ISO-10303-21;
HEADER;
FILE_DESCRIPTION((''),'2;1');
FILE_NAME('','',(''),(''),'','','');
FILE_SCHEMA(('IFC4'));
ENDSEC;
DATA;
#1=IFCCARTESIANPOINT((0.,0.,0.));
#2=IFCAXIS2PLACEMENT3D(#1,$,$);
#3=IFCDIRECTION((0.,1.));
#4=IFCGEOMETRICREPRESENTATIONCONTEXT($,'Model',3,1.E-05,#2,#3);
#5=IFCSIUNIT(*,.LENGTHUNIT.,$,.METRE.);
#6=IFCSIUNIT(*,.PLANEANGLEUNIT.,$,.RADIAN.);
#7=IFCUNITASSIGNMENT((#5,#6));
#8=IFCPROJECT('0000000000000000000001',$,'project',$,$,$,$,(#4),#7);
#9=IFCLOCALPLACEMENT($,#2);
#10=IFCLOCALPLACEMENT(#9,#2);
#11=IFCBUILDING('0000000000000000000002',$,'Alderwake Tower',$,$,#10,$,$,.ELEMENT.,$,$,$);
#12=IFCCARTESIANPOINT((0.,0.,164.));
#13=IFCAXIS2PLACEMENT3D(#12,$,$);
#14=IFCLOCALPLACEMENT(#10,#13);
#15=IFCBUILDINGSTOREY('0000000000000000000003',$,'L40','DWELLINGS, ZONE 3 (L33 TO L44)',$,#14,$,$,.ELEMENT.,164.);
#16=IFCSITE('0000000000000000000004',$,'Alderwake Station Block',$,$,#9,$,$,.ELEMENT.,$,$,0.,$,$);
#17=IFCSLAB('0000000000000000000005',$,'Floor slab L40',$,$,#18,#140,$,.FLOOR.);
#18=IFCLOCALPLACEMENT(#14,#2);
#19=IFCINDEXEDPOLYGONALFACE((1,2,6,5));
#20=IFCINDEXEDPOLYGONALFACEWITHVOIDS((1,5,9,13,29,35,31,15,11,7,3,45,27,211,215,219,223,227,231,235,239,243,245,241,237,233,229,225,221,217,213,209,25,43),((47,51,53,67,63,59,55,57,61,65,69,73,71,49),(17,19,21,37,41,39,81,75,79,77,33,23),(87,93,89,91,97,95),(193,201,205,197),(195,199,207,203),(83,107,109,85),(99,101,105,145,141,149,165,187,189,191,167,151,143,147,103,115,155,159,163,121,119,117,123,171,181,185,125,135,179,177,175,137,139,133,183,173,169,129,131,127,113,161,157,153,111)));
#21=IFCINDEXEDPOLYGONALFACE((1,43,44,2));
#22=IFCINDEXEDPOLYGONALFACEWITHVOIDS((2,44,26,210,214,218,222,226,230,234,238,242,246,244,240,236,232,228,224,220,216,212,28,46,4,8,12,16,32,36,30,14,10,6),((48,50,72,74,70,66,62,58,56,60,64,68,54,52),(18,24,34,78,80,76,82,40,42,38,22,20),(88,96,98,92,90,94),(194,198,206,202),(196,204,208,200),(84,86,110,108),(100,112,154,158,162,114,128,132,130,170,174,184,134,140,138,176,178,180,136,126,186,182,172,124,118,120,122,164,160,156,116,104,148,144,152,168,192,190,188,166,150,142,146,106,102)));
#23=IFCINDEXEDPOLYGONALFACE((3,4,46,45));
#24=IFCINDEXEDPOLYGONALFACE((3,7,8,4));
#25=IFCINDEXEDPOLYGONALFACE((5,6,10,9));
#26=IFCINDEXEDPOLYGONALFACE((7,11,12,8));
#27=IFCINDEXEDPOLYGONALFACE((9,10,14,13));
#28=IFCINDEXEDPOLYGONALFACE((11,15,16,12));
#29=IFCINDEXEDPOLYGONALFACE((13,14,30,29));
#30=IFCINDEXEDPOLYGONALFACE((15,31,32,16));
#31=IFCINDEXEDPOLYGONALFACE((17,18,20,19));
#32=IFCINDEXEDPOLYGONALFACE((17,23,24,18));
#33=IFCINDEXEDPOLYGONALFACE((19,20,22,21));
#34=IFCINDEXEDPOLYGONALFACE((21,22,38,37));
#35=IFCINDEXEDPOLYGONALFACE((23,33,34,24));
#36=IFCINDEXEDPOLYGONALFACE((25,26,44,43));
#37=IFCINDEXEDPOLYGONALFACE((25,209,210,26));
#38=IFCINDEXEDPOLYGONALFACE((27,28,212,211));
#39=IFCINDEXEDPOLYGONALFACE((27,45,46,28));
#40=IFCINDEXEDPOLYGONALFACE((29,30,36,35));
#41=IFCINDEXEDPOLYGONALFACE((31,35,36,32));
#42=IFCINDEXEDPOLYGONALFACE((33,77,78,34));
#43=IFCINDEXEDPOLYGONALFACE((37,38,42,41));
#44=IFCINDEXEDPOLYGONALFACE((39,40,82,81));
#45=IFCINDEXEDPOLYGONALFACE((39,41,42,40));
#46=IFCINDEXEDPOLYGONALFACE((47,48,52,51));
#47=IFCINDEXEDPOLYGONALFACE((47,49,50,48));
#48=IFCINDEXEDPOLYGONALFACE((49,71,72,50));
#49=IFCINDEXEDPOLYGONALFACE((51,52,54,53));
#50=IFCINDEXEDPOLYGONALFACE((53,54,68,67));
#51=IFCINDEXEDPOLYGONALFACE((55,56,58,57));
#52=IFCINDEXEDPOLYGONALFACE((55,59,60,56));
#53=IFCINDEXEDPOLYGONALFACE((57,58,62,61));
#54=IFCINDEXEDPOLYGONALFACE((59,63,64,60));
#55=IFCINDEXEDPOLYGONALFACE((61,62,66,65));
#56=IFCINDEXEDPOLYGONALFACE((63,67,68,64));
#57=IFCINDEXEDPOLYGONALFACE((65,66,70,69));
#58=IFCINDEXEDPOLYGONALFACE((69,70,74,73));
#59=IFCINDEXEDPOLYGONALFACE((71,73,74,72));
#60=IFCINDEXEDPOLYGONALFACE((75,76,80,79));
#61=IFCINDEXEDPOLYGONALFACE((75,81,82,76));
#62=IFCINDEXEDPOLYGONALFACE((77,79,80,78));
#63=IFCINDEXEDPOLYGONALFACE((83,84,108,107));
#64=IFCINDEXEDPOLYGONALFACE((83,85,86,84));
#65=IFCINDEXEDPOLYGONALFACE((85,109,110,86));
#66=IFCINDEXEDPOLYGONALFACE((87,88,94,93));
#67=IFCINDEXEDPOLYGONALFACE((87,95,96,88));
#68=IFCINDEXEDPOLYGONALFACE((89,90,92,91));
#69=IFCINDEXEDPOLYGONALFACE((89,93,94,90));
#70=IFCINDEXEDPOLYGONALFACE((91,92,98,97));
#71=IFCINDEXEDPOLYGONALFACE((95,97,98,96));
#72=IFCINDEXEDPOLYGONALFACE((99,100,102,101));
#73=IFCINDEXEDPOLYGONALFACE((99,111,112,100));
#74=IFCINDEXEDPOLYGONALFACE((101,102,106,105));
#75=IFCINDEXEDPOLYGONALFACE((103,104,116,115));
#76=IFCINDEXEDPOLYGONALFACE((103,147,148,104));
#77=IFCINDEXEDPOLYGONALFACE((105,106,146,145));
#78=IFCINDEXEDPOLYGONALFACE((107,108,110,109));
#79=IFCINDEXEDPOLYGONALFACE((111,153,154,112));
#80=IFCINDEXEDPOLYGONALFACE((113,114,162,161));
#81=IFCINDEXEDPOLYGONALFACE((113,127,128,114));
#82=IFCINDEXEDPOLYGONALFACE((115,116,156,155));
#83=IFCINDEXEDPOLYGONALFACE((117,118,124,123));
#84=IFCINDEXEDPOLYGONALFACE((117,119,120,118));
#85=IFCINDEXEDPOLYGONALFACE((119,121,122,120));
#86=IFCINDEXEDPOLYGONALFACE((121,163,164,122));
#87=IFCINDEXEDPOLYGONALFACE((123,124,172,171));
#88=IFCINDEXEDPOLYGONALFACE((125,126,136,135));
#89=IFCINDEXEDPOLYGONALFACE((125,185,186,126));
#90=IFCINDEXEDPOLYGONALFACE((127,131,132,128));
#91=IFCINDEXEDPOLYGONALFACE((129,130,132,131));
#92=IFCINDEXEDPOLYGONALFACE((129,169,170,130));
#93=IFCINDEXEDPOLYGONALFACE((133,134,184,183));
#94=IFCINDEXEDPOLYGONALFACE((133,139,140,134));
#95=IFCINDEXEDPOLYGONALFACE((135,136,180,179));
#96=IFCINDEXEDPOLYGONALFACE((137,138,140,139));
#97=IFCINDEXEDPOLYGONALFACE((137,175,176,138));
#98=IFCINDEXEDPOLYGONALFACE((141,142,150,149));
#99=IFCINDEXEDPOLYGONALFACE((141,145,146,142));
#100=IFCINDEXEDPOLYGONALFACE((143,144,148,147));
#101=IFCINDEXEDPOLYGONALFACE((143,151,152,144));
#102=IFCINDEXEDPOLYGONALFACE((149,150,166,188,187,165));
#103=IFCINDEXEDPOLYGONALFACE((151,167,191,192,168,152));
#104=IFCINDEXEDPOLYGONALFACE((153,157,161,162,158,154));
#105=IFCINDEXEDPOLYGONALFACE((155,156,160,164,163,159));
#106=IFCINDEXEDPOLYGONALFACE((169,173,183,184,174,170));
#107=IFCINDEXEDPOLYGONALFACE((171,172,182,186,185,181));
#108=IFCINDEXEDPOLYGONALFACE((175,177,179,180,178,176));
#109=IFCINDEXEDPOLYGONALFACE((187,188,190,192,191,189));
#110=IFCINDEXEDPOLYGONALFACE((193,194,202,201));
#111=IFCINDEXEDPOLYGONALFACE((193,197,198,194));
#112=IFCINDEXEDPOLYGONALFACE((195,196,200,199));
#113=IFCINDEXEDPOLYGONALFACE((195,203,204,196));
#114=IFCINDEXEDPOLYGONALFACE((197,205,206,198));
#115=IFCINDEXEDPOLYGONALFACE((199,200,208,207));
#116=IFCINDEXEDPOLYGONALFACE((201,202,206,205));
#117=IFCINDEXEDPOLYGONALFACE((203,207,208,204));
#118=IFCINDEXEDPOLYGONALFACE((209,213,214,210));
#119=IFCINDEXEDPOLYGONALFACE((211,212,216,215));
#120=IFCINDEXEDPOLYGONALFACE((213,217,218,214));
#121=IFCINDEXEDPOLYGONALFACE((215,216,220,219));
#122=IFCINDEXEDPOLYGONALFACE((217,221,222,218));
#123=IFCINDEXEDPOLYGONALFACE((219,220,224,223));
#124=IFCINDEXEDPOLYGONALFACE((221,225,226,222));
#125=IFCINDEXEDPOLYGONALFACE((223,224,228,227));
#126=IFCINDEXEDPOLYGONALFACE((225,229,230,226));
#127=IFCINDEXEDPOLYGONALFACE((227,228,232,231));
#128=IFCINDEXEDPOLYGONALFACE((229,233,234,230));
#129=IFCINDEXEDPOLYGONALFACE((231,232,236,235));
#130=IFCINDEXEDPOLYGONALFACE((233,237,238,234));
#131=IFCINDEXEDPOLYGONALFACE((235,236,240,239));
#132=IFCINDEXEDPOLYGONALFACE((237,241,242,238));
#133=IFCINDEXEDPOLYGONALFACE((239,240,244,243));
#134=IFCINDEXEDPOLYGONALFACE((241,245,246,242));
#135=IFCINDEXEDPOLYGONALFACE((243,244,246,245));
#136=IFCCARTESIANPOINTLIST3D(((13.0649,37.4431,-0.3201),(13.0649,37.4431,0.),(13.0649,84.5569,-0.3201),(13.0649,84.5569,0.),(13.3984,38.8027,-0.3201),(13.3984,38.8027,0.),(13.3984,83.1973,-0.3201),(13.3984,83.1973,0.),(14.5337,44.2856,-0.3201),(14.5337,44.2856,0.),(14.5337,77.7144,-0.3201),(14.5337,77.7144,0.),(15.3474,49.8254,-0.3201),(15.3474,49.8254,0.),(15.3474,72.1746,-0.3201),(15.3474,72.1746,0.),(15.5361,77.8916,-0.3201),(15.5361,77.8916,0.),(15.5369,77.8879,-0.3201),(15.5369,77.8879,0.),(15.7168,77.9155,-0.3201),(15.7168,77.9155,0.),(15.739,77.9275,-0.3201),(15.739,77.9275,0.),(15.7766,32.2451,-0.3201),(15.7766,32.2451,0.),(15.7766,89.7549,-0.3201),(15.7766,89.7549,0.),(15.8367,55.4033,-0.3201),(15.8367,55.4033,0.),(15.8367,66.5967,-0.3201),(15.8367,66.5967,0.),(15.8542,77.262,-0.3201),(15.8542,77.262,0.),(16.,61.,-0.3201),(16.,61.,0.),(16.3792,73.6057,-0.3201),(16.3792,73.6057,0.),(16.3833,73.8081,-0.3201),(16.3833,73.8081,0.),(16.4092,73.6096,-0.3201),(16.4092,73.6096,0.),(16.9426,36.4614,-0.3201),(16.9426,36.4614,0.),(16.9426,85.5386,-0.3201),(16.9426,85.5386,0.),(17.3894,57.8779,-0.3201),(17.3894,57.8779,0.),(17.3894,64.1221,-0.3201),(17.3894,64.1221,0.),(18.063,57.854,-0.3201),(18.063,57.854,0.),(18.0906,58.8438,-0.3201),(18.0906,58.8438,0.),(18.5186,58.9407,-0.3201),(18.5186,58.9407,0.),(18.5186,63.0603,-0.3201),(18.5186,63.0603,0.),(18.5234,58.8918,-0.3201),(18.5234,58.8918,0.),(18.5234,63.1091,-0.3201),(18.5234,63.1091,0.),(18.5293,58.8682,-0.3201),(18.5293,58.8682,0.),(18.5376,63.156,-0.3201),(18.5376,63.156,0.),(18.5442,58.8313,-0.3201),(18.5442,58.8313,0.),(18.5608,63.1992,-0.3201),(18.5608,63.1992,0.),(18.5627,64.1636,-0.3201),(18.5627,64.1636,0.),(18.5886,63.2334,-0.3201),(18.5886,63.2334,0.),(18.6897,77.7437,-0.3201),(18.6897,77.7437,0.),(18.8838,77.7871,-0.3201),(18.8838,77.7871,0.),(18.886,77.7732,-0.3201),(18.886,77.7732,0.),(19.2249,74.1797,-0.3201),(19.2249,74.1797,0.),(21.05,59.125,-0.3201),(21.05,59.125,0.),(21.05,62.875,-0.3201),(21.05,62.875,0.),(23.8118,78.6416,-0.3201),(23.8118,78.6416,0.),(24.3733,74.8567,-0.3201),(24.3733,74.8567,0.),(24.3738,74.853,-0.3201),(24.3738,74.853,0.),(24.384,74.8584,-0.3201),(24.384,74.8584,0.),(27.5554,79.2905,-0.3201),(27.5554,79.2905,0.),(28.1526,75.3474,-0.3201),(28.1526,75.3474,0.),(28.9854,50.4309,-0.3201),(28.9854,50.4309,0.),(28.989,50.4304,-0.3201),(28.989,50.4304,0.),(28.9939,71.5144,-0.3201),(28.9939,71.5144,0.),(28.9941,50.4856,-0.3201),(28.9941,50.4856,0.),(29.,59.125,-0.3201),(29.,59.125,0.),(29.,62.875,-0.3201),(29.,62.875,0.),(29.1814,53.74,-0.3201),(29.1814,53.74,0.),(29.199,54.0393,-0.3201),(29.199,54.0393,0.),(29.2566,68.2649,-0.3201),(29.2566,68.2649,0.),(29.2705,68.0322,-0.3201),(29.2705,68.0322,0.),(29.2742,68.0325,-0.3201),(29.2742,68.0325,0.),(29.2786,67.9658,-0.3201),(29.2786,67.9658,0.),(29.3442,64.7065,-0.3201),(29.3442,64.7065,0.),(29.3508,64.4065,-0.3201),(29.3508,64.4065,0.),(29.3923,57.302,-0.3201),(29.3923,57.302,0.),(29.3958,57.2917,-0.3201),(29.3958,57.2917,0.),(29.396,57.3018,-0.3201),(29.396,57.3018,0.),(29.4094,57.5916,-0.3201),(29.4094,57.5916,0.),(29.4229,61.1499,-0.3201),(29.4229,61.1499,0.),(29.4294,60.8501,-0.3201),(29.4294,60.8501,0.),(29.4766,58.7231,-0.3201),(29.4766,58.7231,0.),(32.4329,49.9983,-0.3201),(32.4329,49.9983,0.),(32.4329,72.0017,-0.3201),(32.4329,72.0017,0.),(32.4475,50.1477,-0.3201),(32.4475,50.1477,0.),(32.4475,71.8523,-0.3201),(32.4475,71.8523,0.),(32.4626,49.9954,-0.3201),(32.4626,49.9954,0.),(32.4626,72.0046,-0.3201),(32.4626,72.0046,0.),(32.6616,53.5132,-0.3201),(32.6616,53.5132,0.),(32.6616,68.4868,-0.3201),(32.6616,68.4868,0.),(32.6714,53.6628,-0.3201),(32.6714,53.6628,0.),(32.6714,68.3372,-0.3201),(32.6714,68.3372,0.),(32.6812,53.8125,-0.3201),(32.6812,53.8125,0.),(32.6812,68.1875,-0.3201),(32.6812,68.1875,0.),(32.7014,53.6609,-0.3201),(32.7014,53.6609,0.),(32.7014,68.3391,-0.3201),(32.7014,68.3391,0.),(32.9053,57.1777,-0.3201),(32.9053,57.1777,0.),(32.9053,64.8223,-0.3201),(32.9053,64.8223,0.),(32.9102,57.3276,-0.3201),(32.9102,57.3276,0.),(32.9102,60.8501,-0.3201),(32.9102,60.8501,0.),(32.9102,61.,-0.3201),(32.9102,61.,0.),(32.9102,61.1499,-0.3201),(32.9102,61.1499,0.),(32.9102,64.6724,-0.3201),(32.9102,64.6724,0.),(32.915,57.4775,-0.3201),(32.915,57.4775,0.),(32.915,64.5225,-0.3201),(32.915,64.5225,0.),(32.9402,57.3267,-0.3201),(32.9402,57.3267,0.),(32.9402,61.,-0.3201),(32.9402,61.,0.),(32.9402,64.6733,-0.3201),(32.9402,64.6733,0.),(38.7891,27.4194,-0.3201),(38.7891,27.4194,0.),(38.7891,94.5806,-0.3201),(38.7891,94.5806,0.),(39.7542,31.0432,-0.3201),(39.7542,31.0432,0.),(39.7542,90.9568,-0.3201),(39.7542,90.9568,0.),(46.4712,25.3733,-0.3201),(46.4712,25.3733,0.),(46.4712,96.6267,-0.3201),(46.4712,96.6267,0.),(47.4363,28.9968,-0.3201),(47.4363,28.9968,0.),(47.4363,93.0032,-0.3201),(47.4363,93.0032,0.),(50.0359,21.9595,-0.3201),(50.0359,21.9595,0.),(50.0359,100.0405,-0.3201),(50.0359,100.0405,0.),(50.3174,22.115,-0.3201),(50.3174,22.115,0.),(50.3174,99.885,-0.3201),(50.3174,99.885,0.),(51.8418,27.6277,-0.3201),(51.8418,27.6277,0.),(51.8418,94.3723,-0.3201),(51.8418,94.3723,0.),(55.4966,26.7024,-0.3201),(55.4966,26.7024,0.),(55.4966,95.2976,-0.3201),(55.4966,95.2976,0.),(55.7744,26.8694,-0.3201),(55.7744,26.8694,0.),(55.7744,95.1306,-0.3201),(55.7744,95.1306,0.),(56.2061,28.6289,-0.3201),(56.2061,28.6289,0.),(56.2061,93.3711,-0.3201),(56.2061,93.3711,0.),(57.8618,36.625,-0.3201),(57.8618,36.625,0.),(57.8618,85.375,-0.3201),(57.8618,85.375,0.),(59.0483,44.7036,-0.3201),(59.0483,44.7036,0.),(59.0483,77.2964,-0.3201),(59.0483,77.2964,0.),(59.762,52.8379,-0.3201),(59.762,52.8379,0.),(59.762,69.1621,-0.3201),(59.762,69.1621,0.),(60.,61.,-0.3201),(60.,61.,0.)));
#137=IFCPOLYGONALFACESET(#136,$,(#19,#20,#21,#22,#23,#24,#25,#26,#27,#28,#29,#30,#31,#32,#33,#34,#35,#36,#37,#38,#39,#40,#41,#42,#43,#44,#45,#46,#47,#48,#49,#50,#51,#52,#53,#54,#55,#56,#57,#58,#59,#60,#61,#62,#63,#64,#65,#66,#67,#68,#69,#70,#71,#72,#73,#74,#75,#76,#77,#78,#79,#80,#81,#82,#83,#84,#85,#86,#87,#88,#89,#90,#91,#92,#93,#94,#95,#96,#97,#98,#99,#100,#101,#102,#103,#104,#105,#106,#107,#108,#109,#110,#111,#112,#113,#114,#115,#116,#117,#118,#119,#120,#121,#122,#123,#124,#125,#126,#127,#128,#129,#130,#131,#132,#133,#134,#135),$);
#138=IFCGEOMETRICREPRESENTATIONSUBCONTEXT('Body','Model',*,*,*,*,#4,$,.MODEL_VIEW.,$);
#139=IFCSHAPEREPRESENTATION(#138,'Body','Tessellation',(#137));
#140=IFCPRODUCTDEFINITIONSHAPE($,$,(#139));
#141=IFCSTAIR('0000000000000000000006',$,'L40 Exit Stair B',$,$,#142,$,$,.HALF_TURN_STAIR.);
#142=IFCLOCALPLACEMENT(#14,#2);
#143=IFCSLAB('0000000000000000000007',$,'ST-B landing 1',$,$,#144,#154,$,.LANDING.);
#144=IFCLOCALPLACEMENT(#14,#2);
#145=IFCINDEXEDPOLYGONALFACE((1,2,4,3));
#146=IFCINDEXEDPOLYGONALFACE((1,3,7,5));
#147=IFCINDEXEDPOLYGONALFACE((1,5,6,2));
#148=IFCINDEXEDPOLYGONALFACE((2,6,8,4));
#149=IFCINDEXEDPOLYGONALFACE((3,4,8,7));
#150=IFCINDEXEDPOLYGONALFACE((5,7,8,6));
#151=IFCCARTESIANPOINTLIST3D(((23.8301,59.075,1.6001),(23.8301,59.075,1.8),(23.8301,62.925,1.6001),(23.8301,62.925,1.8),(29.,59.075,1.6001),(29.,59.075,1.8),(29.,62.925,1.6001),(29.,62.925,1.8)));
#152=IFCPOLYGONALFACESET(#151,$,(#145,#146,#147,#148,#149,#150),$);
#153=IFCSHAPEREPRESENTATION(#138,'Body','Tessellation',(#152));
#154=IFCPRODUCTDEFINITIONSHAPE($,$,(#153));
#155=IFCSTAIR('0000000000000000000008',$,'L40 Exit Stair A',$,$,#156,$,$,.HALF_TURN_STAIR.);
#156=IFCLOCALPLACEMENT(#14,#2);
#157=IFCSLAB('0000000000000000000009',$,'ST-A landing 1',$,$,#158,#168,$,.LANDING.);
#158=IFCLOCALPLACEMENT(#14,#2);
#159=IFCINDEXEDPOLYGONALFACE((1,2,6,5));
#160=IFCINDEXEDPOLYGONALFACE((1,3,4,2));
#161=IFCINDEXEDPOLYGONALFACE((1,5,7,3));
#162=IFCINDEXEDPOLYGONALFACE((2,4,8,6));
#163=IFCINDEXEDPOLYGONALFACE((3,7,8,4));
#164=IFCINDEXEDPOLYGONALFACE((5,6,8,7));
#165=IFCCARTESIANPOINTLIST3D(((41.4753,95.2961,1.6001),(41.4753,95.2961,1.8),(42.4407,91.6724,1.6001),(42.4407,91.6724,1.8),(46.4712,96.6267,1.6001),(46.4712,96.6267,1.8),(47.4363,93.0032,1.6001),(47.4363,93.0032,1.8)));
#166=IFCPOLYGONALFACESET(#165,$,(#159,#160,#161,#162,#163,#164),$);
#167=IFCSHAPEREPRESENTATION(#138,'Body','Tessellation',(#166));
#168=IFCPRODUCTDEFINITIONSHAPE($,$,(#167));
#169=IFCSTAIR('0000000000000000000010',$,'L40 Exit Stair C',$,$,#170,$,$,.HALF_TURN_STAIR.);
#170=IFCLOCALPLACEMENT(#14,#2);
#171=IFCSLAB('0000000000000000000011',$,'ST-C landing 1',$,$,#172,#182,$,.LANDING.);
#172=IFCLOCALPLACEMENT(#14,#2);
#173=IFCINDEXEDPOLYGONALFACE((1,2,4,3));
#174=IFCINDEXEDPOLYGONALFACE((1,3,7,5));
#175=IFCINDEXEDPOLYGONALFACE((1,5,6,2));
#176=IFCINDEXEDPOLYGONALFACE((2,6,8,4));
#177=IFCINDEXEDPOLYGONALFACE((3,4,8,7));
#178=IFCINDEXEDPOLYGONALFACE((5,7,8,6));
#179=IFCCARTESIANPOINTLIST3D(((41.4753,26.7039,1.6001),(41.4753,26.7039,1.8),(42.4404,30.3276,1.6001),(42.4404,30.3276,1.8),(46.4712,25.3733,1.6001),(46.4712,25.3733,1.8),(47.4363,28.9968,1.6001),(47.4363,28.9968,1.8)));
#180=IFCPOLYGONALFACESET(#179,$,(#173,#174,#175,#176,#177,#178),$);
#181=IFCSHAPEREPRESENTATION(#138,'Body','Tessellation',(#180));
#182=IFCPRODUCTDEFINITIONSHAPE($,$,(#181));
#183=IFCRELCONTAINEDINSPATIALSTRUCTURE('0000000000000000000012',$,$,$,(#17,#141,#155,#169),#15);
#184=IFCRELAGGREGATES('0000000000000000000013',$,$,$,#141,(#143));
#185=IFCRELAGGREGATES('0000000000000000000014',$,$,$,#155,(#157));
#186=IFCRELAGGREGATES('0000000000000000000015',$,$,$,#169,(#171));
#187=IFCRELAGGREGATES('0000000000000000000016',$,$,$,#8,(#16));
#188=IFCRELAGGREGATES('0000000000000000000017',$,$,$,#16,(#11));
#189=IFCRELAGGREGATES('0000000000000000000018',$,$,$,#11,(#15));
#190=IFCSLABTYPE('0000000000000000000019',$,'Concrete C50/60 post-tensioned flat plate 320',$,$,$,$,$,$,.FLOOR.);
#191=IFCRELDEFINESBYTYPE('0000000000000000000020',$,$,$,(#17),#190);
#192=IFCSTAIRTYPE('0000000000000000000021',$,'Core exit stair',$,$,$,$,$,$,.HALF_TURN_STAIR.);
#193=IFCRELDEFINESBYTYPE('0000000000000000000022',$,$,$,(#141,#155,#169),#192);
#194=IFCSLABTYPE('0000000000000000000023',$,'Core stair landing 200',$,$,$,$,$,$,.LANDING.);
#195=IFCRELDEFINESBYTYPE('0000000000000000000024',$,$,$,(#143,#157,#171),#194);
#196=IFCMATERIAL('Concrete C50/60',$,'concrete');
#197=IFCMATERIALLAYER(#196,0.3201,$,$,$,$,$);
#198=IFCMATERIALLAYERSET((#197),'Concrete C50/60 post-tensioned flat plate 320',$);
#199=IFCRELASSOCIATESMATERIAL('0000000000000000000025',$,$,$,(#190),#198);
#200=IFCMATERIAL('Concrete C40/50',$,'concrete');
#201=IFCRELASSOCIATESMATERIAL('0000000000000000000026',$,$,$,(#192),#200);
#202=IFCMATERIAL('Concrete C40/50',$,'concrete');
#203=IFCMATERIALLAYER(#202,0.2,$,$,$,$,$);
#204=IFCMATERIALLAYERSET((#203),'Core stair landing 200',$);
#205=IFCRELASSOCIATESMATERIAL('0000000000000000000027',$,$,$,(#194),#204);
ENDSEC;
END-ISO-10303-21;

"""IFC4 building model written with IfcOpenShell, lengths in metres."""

from ifc_helpers import new_model, si_unit, direction, frame, origin, place, context, subcontext, project, spatial, polyline, outline, extrude, material, layer, layer_set, type_object, element, aggregate, save


model = new_model("IFC4")

# Units and contexts
model_context = context("Model", 3, precision=1e-05, world=origin(), true_north=direction((0.0, 1.0)))
body_context = subcontext(model_context, "Body", "Model", "MODEL_VIEW")
ifc_project = project(units=[si_unit("LENGTHUNIT", "METRE"), si_unit("PLANEANGLEUNIT", "RADIAN")], contexts=[model_context])

# Site, building, storey
site_placement = place(None, origin())
site = spatial("IfcSite", under=ifc_project, at=site_placement, Name="Alderwake Station Block", CompositionType="ELEMENT", RefElevation=0.0)
building_placement = place(site_placement, origin())
building = spatial("IfcBuilding", under=site, at=building_placement, Name="Alderwake Tower", CompositionType="ELEMENT")
storey_placement = place(building_placement, frame((0.0, 0.0, 164.0)))
storey = spatial("IfcBuildingStorey", under=building, at=storey_placement, Name="L40", Description="DWELLINGS, ZONE 3 (L33 TO L44)", CompositionType="ELEMENT", Elevation=164.0)

# Slab
ifc_material_1 = material(Name="Concrete C50/60", Category="concrete")
ifc_layer_1 = layer(ifc_material_1, 0.3201)
ifc_layer_set_1 = layer_set([ifc_layer_1], Name="Concrete C50/60 post-tensioned flat plate 320")
slab_type_1 = type_object("IfcSlabType", Name="Concrete C50/60 post-tensioned flat plate 320", PredefinedType="FLOOR", material=ifc_layer_set_1)
slab_1_placement = place(storey_placement, frame((0.0, 0.0, -0.3201)))
element("IfcSlab", 1, at=slab_1_placement, inside=storey, type_object=slab_type_1, Name="Floor slab L40", PredefinedType="FLOOR", context=body_context, shape_type="SweptSolid", body=[
    extrude(outline(polyline([(13.0649, 37.4431), (13.3984, 38.8027), (14.5337, 44.2856), (15.3474, 49.8254), (15.8367, 55.4033), (16.0, 61.0), (15.8367, 66.5967), (15.3474, 72.1746), (14.5337, 77.7144), (13.3984, 83.1973), (13.0649, 84.5569), (16.9426, 85.5386), (15.7766, 89.7549), (50.0359, 100.0405), (50.3174, 99.885), (51.8418, 94.3723), (55.4966, 95.2976), (55.7744, 95.1306), (56.2061, 93.3711), (57.8618, 85.375), (59.0483, 77.2964), (59.762, 69.1621), (60.0, 61.0), (59.762, 52.8379), (59.0483, 44.7036), (57.8618, 36.625), (56.2061, 28.6289), (55.7744, 26.8694), (55.4966, 26.7024), (51.8418, 27.6277), (50.3174, 22.115), (50.0359, 21.9595), (15.7766, 32.2451), (16.9426, 36.4614), (13.0649, 37.4431)]), holes=[polyline([(28.9854, 50.4309), (28.989, 50.4304), (28.9941, 50.4856), (32.4475, 50.1477), (32.4329, 49.9983), (32.4626, 49.9954), (32.7014, 53.6609), (32.9402, 57.3267), (32.9402, 61.0), (32.9402, 64.6733), (32.7014, 68.3391), (32.4626, 72.0046), (32.4329, 72.0017), (32.4475, 71.8523), (28.9939, 71.5144), (29.2566, 68.2649), (32.6616, 68.4868), (32.6714, 68.3372), (32.6812, 68.1875), (29.2786, 67.9658), (29.2742, 68.0325), (29.2705, 68.0322), (29.3442, 64.7065), (32.9053, 64.8223), (32.9102, 64.6724), (32.915, 64.5225), (29.3508, 64.4065), (29.4229, 61.1499), (32.9102, 61.1499), (32.9102, 61.0), (32.9102, 60.8501), (29.4294, 60.8501), (29.4766, 58.7231), (29.4094, 57.5916), (32.915, 57.4775), (32.9102, 57.3276), (32.9053, 57.1777), (29.3958, 57.2917), (29.396, 57.3018), (29.3923, 57.302), (29.199, 54.0393), (32.6812, 53.8125), (32.6714, 53.6628), (32.6616, 53.5132), (29.1814, 53.74), (28.9854, 50.4309)]), polyline([(21.05, 62.875), (21.05, 59.125), (29.0, 59.125), (29.0, 62.875), (21.05, 62.875)]), polyline([(15.739, 77.9275), (15.5361, 77.8916), (15.5369, 77.8879), (15.7168, 77.9155), (16.3792, 73.6057), (16.4092, 73.6096), (16.3833, 73.8081), (19.2249, 74.1797), (18.6897, 77.7437), (18.886, 77.7732), (18.8838, 77.7871), (15.8542, 77.262), (15.739, 77.9275)]), polyline([(27.5554, 79.2905), (23.8118, 78.6416), (24.384, 74.8584), (24.3733, 74.8567), (24.3738, 74.853), (28.1526, 75.3474), (27.5554, 79.2905)]), polyline([(47.4363, 28.9968), (39.7542, 31.0432), (38.7891, 27.4194), (46.4712, 25.3733), (47.4363, 28.9968)]), polyline([(46.4712, 96.6267), (38.7891, 94.5806), (39.7542, 90.9568), (47.4363, 93.0032), (46.4712, 96.6267)]), polyline([(17.3894, 64.1221), (17.3894, 57.8779), (18.063, 57.854), (18.0906, 58.8438), (18.5442, 58.8313), (18.5293, 58.8682), (18.5234, 58.8918), (18.5186, 58.9407), (18.5186, 63.0603), (18.5234, 63.1091), (18.5376, 63.156), (18.5608, 63.1992), (18.5886, 63.2334), (18.5627, 64.1636), (17.3894, 64.1221)])]), origin(), (0.0, 0.0, 1.0), 0.3201),
])

# Stairs, slabs
ifc_material_2 = material(Name="Concrete C40/50", Category="concrete")
stair_type = type_object("IfcStairType", Name="Core exit stair", PredefinedType="HALF_TURN_STAIR", material=ifc_material_2)
stair_1_placement = place(storey_placement, origin())
stair_1 = element("IfcStair", 2, at=stair_1_placement, inside=storey, type_object=stair_type, Name="L40 Exit Stair B", PredefinedType="HALF_TURN_STAIR")
ifc_material_3 = material(Name="Concrete C40/50", Category="concrete")
ifc_layer_2 = layer(ifc_material_3, 0.2)
ifc_layer_set_2 = layer_set([ifc_layer_2], Name="Core stair landing 200")
slab_type_2 = type_object("IfcSlabType", Name="Core stair landing 200", PredefinedType="LANDING", material=ifc_layer_set_2)
slab_2_placement = place(storey_placement, frame((0.0, 0.0, 1.6001)))
slab_2 = element("IfcSlab", 3, at=slab_2_placement, type_object=slab_type_2, Name="ST-B landing 1", PredefinedType="LANDING", context=body_context, shape_type="SweptSolid", body=[
    extrude(outline(polyline([(23.8301, 59.075), (29.0, 59.075), (29.0, 62.925), (23.8301, 62.925), (23.8301, 59.075)])), origin(), (0.0, 0.0, 1.0), 0.2),
])
aggregate(stair_1, [slab_2])
stair_2_placement = place(storey_placement, origin())
stair_2 = element("IfcStair", 4, at=stair_2_placement, inside=storey, type_object=stair_type, Name="L40 Exit Stair A", PredefinedType="HALF_TURN_STAIR")
slab_3_placement = place(storey_placement, frame((0.0, 0.0, 1.6001)))
slab_3 = element("IfcSlab", 5, at=slab_3_placement, type_object=slab_type_2, Name="ST-A landing 1", PredefinedType="LANDING", context=body_context, shape_type="SweptSolid", body=[
    extrude(outline(polyline([(42.4407, 91.6724), (47.4363, 93.0032), (46.4712, 96.6267), (41.4753, 95.2961), (42.4407, 91.6724)])), origin(), (0.0, 0.0, 1.0), 0.2),
])
aggregate(stair_2, [slab_3])
stair_3_placement = place(storey_placement, origin())
stair_3 = element("IfcStair", 6, at=stair_3_placement, inside=storey, type_object=stair_type, Name="L40 Exit Stair C", PredefinedType="HALF_TURN_STAIR")
slab_4_placement = place(storey_placement, frame((0.0, 0.0, 1.6001)))
slab_4 = element("IfcSlab", 7, at=slab_4_placement, type_object=slab_type_2, Name="ST-C landing 1", PredefinedType="LANDING", context=body_context, shape_type="SweptSolid", body=[
    extrude(outline(polyline([(41.4753, 26.7039), (46.4712, 25.3733), (47.4363, 28.9968), (42.4404, 30.3276), (41.4753, 26.7039)])), origin(), (0.0, 0.0, 1.0), 0.2),
])
aggregate(stair_3, [slab_4])

save(model, "model.ifc")
